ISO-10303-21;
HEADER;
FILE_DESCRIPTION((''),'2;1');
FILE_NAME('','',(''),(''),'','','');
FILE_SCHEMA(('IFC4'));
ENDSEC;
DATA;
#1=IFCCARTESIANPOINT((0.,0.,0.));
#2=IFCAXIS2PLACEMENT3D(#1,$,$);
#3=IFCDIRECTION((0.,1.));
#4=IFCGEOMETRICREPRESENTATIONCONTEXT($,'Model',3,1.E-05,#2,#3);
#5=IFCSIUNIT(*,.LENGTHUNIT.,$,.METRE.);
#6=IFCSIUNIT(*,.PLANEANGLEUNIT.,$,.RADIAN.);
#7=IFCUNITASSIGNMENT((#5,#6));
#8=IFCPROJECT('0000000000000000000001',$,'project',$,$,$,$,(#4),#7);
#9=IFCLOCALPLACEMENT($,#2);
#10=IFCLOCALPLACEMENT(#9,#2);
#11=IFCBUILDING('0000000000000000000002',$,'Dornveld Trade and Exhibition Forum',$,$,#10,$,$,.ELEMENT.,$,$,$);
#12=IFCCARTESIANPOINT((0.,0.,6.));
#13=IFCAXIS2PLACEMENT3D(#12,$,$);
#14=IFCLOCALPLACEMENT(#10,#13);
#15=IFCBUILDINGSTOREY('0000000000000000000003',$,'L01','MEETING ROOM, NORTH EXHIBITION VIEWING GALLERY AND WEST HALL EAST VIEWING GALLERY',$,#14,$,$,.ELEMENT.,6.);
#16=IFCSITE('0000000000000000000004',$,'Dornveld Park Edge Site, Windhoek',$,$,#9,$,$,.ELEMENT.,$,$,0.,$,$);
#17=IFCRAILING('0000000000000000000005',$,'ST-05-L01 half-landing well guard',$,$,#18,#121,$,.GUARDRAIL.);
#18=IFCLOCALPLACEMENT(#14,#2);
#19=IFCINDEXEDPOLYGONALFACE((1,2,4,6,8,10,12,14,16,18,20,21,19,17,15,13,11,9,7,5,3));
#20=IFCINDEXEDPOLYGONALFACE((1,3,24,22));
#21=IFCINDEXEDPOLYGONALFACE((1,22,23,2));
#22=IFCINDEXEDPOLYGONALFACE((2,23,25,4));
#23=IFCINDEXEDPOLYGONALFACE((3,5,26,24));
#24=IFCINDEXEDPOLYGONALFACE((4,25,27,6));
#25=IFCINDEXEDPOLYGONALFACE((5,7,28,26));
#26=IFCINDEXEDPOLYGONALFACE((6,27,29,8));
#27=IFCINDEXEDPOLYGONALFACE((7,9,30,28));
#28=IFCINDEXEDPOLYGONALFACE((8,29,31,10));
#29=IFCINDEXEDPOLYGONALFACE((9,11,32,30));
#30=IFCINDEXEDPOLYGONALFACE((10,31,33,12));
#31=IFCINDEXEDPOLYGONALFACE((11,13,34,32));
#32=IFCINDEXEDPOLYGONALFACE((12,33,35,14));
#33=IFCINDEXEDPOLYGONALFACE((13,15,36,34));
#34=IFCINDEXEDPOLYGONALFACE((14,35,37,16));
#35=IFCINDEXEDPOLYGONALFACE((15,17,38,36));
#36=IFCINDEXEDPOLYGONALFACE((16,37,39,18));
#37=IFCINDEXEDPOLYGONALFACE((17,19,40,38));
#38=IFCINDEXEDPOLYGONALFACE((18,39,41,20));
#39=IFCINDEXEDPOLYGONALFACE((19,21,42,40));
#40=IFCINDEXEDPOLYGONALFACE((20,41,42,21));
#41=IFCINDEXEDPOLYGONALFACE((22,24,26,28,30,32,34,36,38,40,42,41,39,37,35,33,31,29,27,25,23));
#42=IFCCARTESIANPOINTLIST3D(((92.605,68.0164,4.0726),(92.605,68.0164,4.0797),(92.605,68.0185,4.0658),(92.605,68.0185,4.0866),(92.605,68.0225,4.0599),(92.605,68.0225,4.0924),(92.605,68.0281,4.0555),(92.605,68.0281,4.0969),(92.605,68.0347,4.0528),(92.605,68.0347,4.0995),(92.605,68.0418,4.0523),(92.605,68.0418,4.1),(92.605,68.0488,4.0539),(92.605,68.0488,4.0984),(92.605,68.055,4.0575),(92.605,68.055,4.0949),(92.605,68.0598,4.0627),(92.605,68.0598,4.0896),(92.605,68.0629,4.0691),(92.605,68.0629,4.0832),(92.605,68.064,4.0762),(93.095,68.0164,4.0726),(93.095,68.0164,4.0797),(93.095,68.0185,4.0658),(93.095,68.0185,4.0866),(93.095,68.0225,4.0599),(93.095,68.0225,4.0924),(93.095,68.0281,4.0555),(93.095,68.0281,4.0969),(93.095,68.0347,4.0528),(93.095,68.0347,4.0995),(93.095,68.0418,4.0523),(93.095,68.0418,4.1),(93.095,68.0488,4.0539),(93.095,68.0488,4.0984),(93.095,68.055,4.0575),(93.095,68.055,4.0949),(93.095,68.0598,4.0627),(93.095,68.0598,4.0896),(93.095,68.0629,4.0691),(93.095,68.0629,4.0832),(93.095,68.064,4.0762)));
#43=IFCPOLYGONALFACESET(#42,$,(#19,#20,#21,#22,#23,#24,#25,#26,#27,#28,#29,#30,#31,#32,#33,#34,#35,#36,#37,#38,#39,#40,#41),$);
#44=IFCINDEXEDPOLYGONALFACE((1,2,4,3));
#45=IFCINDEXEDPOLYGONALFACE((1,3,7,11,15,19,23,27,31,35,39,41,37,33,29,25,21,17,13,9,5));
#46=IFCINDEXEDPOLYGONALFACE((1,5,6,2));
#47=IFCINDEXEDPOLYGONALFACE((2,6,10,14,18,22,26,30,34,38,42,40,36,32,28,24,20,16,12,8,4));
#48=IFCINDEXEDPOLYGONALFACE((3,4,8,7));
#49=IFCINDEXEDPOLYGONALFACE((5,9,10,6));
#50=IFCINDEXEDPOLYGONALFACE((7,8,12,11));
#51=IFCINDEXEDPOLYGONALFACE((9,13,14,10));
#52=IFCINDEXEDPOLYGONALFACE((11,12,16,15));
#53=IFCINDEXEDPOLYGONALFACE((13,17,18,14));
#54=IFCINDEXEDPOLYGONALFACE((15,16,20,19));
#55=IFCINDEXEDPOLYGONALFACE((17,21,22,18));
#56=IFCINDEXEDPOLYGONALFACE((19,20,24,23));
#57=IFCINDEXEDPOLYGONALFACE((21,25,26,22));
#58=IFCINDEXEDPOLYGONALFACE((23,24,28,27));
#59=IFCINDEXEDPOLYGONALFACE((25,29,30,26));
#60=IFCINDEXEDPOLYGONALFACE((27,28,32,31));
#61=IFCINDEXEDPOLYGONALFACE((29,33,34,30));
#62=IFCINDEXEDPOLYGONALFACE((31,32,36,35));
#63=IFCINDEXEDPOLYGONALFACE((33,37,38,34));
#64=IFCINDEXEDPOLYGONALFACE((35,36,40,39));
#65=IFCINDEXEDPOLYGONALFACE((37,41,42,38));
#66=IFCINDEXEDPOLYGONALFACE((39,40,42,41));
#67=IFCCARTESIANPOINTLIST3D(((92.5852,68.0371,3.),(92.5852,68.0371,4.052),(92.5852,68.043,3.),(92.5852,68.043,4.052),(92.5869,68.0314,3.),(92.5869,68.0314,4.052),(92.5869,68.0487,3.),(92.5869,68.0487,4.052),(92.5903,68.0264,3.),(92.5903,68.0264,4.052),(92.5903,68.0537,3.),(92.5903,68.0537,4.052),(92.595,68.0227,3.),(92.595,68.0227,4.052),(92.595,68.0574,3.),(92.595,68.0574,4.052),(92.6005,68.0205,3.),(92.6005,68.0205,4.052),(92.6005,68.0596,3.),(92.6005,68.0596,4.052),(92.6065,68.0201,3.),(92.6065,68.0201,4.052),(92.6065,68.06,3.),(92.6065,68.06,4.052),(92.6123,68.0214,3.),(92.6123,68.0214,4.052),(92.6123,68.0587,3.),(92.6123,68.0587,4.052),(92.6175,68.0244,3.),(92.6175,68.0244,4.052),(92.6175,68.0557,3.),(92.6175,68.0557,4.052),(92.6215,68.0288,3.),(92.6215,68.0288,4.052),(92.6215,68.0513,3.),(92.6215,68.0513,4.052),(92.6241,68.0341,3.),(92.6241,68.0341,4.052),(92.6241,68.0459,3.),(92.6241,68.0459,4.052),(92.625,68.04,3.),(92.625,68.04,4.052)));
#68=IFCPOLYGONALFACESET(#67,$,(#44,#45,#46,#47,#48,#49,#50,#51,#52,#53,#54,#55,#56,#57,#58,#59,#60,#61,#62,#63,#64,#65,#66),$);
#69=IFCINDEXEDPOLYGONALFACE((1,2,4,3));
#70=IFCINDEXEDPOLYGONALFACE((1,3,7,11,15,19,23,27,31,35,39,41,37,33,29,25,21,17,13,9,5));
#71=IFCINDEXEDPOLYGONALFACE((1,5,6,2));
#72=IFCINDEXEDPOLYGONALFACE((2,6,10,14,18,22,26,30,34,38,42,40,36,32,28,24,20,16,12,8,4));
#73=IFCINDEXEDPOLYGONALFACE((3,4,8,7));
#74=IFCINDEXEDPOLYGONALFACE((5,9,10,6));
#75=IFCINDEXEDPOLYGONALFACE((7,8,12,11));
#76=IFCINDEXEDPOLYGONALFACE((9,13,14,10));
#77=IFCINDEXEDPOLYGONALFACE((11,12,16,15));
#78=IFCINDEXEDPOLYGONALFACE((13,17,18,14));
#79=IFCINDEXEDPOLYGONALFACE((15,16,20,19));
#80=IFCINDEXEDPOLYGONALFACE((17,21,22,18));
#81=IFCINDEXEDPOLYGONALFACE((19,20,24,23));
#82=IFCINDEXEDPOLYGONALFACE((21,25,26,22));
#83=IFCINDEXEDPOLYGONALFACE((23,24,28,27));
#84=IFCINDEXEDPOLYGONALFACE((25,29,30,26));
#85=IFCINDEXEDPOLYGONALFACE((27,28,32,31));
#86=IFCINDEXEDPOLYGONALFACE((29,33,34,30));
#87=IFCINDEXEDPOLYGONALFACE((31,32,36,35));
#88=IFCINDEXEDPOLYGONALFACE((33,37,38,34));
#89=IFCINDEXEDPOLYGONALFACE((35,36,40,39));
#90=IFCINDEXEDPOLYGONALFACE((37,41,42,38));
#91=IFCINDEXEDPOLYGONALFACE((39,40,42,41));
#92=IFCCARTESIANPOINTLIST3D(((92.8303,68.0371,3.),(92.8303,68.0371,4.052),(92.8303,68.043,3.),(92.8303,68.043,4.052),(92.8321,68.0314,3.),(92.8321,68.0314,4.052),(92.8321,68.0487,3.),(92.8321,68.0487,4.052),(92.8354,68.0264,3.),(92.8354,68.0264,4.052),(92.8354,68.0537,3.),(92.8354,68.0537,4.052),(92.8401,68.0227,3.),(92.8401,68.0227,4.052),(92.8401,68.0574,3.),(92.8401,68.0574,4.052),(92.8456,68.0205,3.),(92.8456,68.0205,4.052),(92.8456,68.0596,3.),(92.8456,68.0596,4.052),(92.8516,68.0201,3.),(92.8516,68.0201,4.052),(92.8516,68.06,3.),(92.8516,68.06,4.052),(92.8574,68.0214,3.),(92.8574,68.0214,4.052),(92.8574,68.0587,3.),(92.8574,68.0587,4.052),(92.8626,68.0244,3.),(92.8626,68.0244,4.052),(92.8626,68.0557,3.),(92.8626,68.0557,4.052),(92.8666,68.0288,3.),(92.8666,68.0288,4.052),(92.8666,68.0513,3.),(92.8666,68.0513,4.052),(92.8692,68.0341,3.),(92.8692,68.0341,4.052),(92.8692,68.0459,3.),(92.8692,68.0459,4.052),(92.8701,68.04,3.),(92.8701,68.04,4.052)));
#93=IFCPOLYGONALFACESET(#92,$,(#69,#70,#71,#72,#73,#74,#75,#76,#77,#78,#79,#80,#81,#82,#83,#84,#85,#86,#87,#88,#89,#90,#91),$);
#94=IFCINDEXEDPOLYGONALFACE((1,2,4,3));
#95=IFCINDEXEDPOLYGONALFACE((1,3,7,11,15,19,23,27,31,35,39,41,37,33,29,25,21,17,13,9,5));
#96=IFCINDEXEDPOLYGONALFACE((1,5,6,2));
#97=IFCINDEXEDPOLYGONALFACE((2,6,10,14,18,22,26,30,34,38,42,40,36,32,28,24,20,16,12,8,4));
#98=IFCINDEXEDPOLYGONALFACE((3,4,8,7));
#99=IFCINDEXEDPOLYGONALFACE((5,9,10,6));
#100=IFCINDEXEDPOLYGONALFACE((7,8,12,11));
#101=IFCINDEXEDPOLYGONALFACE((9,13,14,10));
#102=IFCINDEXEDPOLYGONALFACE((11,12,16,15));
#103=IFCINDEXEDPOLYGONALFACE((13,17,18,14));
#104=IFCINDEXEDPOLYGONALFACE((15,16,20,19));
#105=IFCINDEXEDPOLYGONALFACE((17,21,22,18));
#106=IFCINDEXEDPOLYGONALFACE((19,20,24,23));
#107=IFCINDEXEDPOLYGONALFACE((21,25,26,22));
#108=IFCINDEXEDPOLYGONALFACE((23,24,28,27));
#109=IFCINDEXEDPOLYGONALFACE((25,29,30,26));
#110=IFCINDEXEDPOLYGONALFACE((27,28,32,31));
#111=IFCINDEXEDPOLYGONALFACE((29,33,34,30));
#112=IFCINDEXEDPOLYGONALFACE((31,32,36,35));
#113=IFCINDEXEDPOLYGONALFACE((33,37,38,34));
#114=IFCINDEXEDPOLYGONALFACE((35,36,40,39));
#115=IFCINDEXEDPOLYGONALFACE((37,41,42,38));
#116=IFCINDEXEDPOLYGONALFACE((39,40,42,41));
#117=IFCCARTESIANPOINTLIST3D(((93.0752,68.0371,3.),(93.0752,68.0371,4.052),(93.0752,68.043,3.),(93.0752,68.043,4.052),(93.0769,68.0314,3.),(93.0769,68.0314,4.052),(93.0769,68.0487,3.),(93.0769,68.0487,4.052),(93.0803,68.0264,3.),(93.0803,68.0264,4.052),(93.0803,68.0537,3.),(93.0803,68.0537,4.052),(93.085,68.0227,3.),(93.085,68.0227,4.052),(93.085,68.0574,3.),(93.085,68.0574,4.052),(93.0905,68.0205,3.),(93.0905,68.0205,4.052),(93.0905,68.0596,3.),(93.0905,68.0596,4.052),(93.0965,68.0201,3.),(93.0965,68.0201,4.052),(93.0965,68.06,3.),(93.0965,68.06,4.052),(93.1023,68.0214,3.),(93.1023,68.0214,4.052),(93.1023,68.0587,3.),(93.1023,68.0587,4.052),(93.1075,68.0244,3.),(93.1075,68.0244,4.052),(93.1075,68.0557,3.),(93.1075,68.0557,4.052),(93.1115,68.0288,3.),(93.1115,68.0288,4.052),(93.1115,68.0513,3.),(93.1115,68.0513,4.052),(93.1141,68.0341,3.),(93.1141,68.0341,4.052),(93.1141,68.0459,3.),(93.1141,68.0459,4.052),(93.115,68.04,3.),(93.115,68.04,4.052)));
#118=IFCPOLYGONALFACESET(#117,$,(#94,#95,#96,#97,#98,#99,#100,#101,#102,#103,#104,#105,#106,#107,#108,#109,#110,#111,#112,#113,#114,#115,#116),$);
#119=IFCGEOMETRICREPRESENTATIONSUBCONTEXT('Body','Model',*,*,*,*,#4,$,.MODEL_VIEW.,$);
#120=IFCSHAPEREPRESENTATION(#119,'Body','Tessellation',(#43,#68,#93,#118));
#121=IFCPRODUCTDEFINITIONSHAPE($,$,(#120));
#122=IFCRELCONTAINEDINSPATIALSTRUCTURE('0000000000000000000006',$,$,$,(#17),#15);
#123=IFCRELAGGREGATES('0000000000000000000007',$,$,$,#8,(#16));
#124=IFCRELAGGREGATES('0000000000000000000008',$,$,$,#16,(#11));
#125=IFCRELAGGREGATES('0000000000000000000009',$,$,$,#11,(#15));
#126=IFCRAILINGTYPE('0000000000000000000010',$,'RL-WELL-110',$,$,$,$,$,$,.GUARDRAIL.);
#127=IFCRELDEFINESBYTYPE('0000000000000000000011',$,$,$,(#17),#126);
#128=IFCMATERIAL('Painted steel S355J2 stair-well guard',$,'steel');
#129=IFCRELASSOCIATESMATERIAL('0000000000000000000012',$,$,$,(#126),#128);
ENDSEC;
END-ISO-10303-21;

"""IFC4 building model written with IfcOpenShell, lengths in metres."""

from ifc_helpers import new_model, si_unit, direction, frame, origin, origin_2d, place, context, subcontext, project, spatial, circle, extrude, material, type_object, element, save


model = new_model("IFC4")

# Units and contexts
model_context = context("Model", 3, precision=1e-05, world=origin(), true_north=direction((0.0, 1.0)))
body_context = subcontext(model_context, "Body", "Model", "MODEL_VIEW")
ifc_project = project(units=[si_unit("LENGTHUNIT", "METRE"), si_unit("PLANEANGLEUNIT", "RADIAN")], contexts=[model_context])

# Site, building, storey
site_placement = place(None, origin())
site = spatial("IfcSite", under=ifc_project, at=site_placement, Name="Dornveld Park Edge Site, Windhoek", CompositionType="ELEMENT", RefElevation=0.0)
building_placement = place(site_placement, origin())
building = spatial("IfcBuilding", under=site, at=building_placement, Name="Dornveld Trade and Exhibition Forum", CompositionType="ELEMENT")
storey_placement = place(building_placement, frame((0.0, 0.0, 6.0)))
storey = spatial("IfcBuildingStorey", under=building, at=storey_placement, Name="L01", Description="MEETING ROOM, NORTH EXHIBITION VIEWING GALLERY AND WEST HALL EAST VIEWING GALLERY", CompositionType="ELEMENT", Elevation=6.0)

# Railing
ifc_material_1 = material(Name="Painted steel S355J2 stair-well guard", Category="steel")
railing_type_1 = type_object("IfcRailingType", Name="RL-WELL-110", PredefinedType="GUARDRAIL", material=ifc_material_1)
railing_1_placement = place(storey_placement, frame((92.605, 68.04, 3.0)))
element("IfcRailing", 1, at=railing_1_placement, inside=storey, type_object=railing_type_1, Name="ST-05-L01 half-landing well guard", PredefinedType="GUARDRAIL", context=body_context, shape_type="SweptSolid", body=[
    extrude(circle(Radius=0.0239, at=origin_2d()), frame((0.0, 0.0, 1.0762), z_axis=(1.0, 0.0, 0.0), x_axis=(0.0, 1.0, 0.0)), (0.0, 0.0, 1.0), 0.49),
    extrude(circle(Radius=0.02, at=origin_2d()), origin(), (0.0, 0.0, 1.0), 1.052),
    extrude(circle(Radius=0.02, at=origin_2d()), frame((0.2451, 0.0, 0.0)), (0.0, 0.0, 1.0), 1.052),
    extrude(circle(Radius=0.02, at=origin_2d()), frame((0.49, 0.0, 0.0)), (0.0, 0.0, 1.0), 1.052),
])

save(model, "model.ifc")
